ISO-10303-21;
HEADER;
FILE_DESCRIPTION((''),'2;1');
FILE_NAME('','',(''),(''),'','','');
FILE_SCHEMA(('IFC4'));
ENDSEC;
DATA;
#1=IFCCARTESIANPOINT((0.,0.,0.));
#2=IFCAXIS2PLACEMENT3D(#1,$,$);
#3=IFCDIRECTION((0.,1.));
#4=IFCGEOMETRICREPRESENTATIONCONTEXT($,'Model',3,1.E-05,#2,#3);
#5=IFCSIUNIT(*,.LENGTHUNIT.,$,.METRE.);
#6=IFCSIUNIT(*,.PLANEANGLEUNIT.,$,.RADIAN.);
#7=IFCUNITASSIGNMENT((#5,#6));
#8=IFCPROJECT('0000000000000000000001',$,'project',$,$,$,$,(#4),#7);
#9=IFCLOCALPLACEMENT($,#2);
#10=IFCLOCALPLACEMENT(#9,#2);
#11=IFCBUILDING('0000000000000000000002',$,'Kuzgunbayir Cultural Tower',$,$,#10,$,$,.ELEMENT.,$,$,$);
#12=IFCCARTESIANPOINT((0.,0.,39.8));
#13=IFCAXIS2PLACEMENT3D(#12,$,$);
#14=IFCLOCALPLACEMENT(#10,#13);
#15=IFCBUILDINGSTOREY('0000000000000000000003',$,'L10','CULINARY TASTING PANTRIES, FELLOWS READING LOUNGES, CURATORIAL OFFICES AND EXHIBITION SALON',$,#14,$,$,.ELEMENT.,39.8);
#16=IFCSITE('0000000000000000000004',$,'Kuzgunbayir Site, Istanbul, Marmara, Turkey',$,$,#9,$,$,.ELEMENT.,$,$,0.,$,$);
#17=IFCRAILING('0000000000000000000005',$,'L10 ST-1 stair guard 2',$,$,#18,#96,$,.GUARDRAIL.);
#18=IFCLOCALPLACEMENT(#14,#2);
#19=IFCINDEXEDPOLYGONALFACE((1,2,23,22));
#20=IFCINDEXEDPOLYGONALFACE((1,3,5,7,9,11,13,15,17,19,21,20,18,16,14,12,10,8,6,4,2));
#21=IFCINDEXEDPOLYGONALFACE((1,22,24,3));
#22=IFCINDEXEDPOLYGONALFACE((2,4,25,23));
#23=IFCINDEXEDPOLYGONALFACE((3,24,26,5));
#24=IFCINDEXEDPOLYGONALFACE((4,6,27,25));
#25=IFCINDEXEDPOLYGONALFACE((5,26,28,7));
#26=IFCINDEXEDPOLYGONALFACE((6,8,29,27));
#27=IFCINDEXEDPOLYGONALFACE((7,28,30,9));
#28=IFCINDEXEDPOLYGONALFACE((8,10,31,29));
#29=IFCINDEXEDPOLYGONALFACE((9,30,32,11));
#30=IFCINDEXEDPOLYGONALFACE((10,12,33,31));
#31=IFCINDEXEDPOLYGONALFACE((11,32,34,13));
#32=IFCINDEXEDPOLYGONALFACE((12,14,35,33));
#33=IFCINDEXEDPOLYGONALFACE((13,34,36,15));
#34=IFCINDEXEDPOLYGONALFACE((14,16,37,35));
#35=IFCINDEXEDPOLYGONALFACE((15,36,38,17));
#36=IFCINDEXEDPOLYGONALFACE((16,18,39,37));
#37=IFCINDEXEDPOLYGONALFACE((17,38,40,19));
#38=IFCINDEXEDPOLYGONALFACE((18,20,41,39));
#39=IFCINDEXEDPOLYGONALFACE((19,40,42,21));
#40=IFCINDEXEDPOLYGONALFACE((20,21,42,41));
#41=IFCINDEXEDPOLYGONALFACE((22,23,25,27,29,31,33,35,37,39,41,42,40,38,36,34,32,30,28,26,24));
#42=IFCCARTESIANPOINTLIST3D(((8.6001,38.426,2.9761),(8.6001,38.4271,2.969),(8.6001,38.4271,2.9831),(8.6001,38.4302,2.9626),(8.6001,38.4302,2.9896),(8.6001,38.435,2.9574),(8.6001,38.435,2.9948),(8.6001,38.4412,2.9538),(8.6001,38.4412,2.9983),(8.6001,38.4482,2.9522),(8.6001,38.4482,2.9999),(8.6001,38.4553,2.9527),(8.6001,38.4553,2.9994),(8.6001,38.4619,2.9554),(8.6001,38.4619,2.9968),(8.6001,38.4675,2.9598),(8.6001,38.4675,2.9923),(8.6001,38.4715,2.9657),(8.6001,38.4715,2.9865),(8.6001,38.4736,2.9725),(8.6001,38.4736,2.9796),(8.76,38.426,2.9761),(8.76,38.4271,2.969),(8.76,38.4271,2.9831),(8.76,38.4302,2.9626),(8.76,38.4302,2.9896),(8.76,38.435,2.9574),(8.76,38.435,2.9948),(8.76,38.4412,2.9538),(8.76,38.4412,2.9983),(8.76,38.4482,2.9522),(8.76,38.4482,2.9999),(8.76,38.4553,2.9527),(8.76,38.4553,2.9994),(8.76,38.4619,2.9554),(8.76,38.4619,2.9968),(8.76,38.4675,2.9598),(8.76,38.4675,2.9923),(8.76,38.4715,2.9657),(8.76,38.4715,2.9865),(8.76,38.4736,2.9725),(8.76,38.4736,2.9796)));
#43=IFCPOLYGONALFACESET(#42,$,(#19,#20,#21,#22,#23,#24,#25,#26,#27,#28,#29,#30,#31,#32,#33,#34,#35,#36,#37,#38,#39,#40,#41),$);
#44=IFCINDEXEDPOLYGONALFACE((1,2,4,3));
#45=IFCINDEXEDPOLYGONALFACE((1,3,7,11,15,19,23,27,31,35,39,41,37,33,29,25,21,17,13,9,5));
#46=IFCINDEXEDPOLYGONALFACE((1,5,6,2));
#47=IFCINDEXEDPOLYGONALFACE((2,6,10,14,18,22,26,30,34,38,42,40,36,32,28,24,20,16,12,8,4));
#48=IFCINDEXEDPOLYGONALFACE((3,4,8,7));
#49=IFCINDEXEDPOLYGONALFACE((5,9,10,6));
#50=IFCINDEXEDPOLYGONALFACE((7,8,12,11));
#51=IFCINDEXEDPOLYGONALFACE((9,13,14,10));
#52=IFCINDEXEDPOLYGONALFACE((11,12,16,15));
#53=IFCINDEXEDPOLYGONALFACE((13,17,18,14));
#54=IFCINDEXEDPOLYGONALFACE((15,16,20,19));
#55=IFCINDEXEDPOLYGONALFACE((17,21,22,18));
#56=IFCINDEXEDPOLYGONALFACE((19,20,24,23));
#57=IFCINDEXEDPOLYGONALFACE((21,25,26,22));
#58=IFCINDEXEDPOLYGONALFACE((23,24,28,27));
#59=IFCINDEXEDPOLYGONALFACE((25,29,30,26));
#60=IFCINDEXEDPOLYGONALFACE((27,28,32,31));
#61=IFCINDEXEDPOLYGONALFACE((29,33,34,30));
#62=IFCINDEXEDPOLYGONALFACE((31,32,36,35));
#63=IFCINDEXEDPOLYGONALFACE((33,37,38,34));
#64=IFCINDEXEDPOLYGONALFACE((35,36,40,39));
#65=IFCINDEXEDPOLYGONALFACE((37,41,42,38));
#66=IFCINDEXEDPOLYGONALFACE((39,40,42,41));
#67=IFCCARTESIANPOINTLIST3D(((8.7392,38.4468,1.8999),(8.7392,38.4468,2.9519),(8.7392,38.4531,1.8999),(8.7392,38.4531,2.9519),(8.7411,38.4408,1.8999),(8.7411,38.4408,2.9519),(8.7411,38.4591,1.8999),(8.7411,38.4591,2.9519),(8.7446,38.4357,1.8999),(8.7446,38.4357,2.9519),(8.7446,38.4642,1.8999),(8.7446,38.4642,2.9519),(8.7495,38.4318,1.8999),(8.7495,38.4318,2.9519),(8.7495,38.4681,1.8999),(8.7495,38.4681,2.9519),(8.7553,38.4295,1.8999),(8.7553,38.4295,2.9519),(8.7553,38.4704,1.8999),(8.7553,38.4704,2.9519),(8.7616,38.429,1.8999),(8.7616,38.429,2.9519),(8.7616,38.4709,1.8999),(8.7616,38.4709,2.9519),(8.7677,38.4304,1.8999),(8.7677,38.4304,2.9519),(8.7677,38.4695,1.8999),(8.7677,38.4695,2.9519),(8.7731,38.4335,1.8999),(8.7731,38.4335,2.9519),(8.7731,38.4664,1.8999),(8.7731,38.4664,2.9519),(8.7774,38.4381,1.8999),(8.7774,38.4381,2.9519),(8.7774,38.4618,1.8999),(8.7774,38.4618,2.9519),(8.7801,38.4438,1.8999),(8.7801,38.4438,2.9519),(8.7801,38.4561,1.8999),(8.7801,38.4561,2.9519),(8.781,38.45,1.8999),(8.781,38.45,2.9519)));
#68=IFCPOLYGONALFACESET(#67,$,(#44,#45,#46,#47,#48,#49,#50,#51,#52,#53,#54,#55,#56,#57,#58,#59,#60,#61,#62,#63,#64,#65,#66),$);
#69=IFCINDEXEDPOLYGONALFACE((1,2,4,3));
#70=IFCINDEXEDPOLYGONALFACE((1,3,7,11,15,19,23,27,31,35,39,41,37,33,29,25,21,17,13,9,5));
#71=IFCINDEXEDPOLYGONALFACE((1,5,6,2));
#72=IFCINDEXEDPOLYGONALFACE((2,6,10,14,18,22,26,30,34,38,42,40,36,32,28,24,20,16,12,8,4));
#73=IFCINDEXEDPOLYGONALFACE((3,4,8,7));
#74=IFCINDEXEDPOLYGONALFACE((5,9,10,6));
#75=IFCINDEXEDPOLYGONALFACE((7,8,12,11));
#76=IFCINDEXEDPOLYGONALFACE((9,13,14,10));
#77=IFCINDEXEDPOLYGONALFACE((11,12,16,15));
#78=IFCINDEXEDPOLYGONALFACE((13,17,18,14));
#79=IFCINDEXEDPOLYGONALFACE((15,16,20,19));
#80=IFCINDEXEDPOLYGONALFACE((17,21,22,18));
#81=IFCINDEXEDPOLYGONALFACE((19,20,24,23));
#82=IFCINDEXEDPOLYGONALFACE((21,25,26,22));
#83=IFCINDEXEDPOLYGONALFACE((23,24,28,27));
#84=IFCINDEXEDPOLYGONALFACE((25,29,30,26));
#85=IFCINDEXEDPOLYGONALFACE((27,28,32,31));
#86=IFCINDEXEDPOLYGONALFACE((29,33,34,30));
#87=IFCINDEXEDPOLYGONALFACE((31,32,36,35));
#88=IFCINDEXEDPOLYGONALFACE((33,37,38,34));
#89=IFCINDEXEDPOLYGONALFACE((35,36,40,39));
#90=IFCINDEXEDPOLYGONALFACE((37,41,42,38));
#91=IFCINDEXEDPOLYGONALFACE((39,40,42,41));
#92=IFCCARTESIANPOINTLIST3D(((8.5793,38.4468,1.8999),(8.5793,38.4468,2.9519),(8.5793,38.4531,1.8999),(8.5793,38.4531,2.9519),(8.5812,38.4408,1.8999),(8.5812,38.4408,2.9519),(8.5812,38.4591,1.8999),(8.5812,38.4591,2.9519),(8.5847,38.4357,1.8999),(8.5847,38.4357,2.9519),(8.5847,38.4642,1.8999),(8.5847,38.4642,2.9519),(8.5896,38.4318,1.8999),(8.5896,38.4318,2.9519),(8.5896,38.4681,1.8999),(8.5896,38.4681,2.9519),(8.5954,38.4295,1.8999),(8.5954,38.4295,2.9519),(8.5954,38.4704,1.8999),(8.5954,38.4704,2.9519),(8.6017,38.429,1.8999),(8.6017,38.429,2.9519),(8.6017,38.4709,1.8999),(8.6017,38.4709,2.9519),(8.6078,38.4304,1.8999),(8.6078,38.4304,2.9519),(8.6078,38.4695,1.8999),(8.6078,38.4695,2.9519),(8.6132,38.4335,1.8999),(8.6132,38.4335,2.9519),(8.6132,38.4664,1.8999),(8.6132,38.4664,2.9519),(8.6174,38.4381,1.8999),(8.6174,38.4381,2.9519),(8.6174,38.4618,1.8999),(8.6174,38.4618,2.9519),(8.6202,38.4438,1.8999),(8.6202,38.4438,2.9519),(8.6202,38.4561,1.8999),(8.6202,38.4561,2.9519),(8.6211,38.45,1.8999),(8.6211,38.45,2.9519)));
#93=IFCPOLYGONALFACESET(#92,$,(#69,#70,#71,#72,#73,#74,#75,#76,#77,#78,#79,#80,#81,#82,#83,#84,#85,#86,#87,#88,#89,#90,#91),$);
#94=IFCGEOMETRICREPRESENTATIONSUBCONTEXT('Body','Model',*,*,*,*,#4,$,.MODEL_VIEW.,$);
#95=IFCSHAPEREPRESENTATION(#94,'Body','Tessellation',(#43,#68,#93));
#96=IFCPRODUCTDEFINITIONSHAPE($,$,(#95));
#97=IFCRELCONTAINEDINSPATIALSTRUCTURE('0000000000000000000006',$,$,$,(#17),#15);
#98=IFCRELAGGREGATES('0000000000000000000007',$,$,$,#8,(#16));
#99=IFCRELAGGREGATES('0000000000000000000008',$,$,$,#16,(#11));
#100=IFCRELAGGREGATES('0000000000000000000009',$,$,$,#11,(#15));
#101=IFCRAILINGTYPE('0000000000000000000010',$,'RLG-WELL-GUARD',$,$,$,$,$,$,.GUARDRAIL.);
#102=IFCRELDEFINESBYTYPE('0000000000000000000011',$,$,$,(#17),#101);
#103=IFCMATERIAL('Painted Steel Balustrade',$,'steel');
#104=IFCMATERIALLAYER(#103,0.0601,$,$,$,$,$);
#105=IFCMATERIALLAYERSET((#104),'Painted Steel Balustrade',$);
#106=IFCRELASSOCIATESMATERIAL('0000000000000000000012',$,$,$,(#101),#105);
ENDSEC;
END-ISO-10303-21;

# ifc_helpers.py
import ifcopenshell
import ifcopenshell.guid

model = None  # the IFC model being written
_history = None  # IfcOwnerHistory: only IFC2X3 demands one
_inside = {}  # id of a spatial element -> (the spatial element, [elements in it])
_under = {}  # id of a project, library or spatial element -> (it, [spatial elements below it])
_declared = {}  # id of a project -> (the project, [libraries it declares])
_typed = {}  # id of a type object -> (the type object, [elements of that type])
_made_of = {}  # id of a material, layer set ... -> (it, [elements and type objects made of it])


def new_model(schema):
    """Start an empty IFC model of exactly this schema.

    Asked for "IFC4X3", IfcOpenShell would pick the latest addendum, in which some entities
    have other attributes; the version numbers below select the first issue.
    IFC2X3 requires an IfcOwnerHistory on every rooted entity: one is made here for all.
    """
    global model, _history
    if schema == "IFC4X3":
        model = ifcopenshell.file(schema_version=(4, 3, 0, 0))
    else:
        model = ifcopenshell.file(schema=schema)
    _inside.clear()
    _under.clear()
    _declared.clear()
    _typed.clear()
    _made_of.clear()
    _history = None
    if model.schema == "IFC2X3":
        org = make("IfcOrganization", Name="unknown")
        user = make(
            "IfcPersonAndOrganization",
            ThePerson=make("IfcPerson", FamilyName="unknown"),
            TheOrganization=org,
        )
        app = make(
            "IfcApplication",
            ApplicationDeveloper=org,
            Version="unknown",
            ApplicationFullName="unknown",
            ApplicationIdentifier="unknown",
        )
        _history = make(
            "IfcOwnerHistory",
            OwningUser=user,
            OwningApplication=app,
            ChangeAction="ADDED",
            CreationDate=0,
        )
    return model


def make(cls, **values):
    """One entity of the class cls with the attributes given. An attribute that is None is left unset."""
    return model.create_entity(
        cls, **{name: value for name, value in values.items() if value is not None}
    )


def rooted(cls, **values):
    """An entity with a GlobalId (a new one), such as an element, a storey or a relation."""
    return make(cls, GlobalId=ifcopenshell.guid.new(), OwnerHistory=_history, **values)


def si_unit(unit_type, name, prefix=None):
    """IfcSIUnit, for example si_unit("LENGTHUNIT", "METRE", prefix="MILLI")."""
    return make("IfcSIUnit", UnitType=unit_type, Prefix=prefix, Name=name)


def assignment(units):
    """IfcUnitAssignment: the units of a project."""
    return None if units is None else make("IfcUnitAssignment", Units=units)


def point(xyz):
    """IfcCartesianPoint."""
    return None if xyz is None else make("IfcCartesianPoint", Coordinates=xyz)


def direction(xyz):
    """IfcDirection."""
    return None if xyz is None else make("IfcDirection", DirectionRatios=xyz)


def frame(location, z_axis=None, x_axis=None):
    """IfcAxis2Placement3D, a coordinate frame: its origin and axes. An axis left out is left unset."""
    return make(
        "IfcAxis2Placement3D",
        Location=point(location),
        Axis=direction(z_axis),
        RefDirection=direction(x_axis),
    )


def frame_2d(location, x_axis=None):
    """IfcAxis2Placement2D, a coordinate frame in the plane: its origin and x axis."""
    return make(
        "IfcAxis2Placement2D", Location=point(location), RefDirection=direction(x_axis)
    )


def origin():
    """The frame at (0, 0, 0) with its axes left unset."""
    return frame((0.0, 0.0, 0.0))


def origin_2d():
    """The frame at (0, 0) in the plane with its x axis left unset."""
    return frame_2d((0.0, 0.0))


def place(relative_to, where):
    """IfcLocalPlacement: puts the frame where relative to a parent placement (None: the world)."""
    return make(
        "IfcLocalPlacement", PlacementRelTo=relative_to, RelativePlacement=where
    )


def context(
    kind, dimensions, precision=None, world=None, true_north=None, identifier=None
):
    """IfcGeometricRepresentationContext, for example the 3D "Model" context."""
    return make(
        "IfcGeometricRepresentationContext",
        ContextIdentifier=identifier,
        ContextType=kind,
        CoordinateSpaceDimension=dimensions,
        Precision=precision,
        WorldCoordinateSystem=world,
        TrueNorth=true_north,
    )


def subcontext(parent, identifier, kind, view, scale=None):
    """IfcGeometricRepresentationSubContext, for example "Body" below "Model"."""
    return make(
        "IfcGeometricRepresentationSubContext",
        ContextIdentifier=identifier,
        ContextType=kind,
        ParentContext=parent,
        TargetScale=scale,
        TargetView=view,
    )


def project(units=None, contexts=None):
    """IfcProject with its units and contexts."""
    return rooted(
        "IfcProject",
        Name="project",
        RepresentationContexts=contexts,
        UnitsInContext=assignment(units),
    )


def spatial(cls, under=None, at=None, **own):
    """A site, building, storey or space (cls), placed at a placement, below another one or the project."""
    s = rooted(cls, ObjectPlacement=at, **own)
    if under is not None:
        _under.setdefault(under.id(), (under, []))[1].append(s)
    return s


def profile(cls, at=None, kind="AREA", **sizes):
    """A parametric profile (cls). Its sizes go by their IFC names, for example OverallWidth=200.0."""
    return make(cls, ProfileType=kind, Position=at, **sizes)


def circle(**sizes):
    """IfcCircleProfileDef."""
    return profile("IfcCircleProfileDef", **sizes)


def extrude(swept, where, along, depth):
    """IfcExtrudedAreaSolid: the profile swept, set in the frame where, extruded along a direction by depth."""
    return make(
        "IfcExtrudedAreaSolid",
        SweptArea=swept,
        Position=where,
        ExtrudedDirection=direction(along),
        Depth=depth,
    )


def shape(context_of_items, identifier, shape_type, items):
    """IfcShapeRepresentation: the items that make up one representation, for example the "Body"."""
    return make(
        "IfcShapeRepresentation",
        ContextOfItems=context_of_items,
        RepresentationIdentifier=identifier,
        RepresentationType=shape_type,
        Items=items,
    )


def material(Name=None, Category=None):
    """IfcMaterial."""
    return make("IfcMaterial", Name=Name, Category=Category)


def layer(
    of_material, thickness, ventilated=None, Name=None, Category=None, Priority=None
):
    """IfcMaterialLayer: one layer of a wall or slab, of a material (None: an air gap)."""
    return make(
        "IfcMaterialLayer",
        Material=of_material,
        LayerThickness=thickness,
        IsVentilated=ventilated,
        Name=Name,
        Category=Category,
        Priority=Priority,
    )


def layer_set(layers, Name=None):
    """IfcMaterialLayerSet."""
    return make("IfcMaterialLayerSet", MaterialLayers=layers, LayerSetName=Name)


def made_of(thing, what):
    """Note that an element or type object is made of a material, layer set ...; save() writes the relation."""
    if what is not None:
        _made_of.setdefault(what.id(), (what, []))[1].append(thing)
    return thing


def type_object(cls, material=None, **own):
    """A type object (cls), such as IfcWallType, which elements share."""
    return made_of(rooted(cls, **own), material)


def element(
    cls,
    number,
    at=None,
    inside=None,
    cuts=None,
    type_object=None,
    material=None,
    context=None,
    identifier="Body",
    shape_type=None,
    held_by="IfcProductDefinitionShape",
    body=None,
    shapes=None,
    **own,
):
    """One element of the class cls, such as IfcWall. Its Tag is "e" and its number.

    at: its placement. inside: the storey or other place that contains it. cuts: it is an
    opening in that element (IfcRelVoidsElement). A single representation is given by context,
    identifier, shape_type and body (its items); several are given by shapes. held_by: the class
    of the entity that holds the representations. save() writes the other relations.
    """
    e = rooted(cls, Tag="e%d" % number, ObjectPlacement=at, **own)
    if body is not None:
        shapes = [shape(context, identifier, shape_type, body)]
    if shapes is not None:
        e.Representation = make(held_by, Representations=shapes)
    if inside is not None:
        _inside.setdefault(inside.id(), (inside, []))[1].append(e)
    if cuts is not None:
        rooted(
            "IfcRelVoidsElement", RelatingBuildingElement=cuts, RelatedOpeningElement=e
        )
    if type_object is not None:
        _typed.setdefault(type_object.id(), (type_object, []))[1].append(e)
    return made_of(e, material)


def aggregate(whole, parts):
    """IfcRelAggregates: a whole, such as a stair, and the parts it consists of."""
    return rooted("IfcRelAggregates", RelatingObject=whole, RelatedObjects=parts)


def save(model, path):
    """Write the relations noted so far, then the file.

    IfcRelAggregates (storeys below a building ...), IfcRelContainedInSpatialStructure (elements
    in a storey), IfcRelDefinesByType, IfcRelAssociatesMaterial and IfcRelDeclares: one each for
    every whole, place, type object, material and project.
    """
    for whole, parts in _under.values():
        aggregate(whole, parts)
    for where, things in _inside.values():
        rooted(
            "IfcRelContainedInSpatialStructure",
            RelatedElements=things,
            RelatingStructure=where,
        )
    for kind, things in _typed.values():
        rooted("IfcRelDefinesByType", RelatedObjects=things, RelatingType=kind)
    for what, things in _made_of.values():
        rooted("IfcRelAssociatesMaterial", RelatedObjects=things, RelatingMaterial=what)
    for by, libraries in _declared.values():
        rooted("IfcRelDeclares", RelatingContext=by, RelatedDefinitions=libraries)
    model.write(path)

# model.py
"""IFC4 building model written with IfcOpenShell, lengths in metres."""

from ifc_helpers import new_model, si_unit, direction, frame, origin, origin_2d, place, context, subcontext, project, spatial, circle, extrude, material, layer, layer_set, type_object, element, save


model = new_model("IFC4")

# Units and contexts
model_context = context("Model", 3, precision=1e-05, world=origin(), true_north=direction((0.0, 1.0)))
body_context = subcontext(model_context, "Body", "Model", "MODEL_VIEW")
ifc_project = project(units=[si_unit("LENGTHUNIT", "METRE"), si_unit("PLANEANGLEUNIT", "RADIAN")], contexts=[model_context])

# Site, building, storey
site_placement = place(None, origin())
site = spatial("IfcSite", under=ifc_project, at=site_placement, Name="Kuzgunbayir Site, Istanbul, Marmara, Turkey", CompositionType="ELEMENT", RefElevation=0.0)
building_placement = place(site_placement, origin())
building = spatial("IfcBuilding", under=site, at=building_placement, Name="Kuzgunbayir Cultural Tower", CompositionType="ELEMENT")
storey_placement = place(building_placement, frame((0.0, 0.0, 39.8)))
storey = spatial("IfcBuildingStorey", under=building, at=storey_placement, Name="L10", Description="CULINARY TASTING PANTRIES, FELLOWS READING LOUNGES, CURATORIAL OFFICES AND EXHIBITION SALON", CompositionType="ELEMENT", Elevation=39.8)

# Railing
ifc_material_1 = material(Name="Painted Steel Balustrade", Category="steel")
ifc_layer_1 = layer(ifc_material_1, 0.0601)
ifc_layer_set_1 = layer_set([ifc_layer_1], Name="Painted Steel Balustrade")
railing_type_1 = type_object("IfcRailingType", Name="RLG-WELL-GUARD", PredefinedType="GUARDRAIL", material=ifc_layer_set_1)
railing_1_placement = place(storey_placement, frame((8.76, 38.45, 1.8999)))
element("IfcRailing", 1, at=railing_1_placement, inside=storey, type_object=railing_type_1, Name="L10 ST-1 stair guard 2", PredefinedType="GUARDRAIL", context=body_context, shape_type="SweptSolid", body=[
    extrude(circle(Radius=0.0239, at=origin_2d()), frame((0.0, 0.0, 1.0762), z_axis=(-1.0, 0.0, 0.0), x_axis=(0.0, -1.0, 0.0)), (0.0, 0.0, 1.0), 0.1599),
    extrude(circle(Radius=0.021, at=origin_2d()), origin(), (0.0, 0.0, 1.0), 1.052),
    extrude(circle(Radius=0.021, at=origin_2d()), frame((-0.1599, 0.0, 0.0)), (0.0, 0.0, 1.0), 1.052),
])

save(model, "model.ifc")
